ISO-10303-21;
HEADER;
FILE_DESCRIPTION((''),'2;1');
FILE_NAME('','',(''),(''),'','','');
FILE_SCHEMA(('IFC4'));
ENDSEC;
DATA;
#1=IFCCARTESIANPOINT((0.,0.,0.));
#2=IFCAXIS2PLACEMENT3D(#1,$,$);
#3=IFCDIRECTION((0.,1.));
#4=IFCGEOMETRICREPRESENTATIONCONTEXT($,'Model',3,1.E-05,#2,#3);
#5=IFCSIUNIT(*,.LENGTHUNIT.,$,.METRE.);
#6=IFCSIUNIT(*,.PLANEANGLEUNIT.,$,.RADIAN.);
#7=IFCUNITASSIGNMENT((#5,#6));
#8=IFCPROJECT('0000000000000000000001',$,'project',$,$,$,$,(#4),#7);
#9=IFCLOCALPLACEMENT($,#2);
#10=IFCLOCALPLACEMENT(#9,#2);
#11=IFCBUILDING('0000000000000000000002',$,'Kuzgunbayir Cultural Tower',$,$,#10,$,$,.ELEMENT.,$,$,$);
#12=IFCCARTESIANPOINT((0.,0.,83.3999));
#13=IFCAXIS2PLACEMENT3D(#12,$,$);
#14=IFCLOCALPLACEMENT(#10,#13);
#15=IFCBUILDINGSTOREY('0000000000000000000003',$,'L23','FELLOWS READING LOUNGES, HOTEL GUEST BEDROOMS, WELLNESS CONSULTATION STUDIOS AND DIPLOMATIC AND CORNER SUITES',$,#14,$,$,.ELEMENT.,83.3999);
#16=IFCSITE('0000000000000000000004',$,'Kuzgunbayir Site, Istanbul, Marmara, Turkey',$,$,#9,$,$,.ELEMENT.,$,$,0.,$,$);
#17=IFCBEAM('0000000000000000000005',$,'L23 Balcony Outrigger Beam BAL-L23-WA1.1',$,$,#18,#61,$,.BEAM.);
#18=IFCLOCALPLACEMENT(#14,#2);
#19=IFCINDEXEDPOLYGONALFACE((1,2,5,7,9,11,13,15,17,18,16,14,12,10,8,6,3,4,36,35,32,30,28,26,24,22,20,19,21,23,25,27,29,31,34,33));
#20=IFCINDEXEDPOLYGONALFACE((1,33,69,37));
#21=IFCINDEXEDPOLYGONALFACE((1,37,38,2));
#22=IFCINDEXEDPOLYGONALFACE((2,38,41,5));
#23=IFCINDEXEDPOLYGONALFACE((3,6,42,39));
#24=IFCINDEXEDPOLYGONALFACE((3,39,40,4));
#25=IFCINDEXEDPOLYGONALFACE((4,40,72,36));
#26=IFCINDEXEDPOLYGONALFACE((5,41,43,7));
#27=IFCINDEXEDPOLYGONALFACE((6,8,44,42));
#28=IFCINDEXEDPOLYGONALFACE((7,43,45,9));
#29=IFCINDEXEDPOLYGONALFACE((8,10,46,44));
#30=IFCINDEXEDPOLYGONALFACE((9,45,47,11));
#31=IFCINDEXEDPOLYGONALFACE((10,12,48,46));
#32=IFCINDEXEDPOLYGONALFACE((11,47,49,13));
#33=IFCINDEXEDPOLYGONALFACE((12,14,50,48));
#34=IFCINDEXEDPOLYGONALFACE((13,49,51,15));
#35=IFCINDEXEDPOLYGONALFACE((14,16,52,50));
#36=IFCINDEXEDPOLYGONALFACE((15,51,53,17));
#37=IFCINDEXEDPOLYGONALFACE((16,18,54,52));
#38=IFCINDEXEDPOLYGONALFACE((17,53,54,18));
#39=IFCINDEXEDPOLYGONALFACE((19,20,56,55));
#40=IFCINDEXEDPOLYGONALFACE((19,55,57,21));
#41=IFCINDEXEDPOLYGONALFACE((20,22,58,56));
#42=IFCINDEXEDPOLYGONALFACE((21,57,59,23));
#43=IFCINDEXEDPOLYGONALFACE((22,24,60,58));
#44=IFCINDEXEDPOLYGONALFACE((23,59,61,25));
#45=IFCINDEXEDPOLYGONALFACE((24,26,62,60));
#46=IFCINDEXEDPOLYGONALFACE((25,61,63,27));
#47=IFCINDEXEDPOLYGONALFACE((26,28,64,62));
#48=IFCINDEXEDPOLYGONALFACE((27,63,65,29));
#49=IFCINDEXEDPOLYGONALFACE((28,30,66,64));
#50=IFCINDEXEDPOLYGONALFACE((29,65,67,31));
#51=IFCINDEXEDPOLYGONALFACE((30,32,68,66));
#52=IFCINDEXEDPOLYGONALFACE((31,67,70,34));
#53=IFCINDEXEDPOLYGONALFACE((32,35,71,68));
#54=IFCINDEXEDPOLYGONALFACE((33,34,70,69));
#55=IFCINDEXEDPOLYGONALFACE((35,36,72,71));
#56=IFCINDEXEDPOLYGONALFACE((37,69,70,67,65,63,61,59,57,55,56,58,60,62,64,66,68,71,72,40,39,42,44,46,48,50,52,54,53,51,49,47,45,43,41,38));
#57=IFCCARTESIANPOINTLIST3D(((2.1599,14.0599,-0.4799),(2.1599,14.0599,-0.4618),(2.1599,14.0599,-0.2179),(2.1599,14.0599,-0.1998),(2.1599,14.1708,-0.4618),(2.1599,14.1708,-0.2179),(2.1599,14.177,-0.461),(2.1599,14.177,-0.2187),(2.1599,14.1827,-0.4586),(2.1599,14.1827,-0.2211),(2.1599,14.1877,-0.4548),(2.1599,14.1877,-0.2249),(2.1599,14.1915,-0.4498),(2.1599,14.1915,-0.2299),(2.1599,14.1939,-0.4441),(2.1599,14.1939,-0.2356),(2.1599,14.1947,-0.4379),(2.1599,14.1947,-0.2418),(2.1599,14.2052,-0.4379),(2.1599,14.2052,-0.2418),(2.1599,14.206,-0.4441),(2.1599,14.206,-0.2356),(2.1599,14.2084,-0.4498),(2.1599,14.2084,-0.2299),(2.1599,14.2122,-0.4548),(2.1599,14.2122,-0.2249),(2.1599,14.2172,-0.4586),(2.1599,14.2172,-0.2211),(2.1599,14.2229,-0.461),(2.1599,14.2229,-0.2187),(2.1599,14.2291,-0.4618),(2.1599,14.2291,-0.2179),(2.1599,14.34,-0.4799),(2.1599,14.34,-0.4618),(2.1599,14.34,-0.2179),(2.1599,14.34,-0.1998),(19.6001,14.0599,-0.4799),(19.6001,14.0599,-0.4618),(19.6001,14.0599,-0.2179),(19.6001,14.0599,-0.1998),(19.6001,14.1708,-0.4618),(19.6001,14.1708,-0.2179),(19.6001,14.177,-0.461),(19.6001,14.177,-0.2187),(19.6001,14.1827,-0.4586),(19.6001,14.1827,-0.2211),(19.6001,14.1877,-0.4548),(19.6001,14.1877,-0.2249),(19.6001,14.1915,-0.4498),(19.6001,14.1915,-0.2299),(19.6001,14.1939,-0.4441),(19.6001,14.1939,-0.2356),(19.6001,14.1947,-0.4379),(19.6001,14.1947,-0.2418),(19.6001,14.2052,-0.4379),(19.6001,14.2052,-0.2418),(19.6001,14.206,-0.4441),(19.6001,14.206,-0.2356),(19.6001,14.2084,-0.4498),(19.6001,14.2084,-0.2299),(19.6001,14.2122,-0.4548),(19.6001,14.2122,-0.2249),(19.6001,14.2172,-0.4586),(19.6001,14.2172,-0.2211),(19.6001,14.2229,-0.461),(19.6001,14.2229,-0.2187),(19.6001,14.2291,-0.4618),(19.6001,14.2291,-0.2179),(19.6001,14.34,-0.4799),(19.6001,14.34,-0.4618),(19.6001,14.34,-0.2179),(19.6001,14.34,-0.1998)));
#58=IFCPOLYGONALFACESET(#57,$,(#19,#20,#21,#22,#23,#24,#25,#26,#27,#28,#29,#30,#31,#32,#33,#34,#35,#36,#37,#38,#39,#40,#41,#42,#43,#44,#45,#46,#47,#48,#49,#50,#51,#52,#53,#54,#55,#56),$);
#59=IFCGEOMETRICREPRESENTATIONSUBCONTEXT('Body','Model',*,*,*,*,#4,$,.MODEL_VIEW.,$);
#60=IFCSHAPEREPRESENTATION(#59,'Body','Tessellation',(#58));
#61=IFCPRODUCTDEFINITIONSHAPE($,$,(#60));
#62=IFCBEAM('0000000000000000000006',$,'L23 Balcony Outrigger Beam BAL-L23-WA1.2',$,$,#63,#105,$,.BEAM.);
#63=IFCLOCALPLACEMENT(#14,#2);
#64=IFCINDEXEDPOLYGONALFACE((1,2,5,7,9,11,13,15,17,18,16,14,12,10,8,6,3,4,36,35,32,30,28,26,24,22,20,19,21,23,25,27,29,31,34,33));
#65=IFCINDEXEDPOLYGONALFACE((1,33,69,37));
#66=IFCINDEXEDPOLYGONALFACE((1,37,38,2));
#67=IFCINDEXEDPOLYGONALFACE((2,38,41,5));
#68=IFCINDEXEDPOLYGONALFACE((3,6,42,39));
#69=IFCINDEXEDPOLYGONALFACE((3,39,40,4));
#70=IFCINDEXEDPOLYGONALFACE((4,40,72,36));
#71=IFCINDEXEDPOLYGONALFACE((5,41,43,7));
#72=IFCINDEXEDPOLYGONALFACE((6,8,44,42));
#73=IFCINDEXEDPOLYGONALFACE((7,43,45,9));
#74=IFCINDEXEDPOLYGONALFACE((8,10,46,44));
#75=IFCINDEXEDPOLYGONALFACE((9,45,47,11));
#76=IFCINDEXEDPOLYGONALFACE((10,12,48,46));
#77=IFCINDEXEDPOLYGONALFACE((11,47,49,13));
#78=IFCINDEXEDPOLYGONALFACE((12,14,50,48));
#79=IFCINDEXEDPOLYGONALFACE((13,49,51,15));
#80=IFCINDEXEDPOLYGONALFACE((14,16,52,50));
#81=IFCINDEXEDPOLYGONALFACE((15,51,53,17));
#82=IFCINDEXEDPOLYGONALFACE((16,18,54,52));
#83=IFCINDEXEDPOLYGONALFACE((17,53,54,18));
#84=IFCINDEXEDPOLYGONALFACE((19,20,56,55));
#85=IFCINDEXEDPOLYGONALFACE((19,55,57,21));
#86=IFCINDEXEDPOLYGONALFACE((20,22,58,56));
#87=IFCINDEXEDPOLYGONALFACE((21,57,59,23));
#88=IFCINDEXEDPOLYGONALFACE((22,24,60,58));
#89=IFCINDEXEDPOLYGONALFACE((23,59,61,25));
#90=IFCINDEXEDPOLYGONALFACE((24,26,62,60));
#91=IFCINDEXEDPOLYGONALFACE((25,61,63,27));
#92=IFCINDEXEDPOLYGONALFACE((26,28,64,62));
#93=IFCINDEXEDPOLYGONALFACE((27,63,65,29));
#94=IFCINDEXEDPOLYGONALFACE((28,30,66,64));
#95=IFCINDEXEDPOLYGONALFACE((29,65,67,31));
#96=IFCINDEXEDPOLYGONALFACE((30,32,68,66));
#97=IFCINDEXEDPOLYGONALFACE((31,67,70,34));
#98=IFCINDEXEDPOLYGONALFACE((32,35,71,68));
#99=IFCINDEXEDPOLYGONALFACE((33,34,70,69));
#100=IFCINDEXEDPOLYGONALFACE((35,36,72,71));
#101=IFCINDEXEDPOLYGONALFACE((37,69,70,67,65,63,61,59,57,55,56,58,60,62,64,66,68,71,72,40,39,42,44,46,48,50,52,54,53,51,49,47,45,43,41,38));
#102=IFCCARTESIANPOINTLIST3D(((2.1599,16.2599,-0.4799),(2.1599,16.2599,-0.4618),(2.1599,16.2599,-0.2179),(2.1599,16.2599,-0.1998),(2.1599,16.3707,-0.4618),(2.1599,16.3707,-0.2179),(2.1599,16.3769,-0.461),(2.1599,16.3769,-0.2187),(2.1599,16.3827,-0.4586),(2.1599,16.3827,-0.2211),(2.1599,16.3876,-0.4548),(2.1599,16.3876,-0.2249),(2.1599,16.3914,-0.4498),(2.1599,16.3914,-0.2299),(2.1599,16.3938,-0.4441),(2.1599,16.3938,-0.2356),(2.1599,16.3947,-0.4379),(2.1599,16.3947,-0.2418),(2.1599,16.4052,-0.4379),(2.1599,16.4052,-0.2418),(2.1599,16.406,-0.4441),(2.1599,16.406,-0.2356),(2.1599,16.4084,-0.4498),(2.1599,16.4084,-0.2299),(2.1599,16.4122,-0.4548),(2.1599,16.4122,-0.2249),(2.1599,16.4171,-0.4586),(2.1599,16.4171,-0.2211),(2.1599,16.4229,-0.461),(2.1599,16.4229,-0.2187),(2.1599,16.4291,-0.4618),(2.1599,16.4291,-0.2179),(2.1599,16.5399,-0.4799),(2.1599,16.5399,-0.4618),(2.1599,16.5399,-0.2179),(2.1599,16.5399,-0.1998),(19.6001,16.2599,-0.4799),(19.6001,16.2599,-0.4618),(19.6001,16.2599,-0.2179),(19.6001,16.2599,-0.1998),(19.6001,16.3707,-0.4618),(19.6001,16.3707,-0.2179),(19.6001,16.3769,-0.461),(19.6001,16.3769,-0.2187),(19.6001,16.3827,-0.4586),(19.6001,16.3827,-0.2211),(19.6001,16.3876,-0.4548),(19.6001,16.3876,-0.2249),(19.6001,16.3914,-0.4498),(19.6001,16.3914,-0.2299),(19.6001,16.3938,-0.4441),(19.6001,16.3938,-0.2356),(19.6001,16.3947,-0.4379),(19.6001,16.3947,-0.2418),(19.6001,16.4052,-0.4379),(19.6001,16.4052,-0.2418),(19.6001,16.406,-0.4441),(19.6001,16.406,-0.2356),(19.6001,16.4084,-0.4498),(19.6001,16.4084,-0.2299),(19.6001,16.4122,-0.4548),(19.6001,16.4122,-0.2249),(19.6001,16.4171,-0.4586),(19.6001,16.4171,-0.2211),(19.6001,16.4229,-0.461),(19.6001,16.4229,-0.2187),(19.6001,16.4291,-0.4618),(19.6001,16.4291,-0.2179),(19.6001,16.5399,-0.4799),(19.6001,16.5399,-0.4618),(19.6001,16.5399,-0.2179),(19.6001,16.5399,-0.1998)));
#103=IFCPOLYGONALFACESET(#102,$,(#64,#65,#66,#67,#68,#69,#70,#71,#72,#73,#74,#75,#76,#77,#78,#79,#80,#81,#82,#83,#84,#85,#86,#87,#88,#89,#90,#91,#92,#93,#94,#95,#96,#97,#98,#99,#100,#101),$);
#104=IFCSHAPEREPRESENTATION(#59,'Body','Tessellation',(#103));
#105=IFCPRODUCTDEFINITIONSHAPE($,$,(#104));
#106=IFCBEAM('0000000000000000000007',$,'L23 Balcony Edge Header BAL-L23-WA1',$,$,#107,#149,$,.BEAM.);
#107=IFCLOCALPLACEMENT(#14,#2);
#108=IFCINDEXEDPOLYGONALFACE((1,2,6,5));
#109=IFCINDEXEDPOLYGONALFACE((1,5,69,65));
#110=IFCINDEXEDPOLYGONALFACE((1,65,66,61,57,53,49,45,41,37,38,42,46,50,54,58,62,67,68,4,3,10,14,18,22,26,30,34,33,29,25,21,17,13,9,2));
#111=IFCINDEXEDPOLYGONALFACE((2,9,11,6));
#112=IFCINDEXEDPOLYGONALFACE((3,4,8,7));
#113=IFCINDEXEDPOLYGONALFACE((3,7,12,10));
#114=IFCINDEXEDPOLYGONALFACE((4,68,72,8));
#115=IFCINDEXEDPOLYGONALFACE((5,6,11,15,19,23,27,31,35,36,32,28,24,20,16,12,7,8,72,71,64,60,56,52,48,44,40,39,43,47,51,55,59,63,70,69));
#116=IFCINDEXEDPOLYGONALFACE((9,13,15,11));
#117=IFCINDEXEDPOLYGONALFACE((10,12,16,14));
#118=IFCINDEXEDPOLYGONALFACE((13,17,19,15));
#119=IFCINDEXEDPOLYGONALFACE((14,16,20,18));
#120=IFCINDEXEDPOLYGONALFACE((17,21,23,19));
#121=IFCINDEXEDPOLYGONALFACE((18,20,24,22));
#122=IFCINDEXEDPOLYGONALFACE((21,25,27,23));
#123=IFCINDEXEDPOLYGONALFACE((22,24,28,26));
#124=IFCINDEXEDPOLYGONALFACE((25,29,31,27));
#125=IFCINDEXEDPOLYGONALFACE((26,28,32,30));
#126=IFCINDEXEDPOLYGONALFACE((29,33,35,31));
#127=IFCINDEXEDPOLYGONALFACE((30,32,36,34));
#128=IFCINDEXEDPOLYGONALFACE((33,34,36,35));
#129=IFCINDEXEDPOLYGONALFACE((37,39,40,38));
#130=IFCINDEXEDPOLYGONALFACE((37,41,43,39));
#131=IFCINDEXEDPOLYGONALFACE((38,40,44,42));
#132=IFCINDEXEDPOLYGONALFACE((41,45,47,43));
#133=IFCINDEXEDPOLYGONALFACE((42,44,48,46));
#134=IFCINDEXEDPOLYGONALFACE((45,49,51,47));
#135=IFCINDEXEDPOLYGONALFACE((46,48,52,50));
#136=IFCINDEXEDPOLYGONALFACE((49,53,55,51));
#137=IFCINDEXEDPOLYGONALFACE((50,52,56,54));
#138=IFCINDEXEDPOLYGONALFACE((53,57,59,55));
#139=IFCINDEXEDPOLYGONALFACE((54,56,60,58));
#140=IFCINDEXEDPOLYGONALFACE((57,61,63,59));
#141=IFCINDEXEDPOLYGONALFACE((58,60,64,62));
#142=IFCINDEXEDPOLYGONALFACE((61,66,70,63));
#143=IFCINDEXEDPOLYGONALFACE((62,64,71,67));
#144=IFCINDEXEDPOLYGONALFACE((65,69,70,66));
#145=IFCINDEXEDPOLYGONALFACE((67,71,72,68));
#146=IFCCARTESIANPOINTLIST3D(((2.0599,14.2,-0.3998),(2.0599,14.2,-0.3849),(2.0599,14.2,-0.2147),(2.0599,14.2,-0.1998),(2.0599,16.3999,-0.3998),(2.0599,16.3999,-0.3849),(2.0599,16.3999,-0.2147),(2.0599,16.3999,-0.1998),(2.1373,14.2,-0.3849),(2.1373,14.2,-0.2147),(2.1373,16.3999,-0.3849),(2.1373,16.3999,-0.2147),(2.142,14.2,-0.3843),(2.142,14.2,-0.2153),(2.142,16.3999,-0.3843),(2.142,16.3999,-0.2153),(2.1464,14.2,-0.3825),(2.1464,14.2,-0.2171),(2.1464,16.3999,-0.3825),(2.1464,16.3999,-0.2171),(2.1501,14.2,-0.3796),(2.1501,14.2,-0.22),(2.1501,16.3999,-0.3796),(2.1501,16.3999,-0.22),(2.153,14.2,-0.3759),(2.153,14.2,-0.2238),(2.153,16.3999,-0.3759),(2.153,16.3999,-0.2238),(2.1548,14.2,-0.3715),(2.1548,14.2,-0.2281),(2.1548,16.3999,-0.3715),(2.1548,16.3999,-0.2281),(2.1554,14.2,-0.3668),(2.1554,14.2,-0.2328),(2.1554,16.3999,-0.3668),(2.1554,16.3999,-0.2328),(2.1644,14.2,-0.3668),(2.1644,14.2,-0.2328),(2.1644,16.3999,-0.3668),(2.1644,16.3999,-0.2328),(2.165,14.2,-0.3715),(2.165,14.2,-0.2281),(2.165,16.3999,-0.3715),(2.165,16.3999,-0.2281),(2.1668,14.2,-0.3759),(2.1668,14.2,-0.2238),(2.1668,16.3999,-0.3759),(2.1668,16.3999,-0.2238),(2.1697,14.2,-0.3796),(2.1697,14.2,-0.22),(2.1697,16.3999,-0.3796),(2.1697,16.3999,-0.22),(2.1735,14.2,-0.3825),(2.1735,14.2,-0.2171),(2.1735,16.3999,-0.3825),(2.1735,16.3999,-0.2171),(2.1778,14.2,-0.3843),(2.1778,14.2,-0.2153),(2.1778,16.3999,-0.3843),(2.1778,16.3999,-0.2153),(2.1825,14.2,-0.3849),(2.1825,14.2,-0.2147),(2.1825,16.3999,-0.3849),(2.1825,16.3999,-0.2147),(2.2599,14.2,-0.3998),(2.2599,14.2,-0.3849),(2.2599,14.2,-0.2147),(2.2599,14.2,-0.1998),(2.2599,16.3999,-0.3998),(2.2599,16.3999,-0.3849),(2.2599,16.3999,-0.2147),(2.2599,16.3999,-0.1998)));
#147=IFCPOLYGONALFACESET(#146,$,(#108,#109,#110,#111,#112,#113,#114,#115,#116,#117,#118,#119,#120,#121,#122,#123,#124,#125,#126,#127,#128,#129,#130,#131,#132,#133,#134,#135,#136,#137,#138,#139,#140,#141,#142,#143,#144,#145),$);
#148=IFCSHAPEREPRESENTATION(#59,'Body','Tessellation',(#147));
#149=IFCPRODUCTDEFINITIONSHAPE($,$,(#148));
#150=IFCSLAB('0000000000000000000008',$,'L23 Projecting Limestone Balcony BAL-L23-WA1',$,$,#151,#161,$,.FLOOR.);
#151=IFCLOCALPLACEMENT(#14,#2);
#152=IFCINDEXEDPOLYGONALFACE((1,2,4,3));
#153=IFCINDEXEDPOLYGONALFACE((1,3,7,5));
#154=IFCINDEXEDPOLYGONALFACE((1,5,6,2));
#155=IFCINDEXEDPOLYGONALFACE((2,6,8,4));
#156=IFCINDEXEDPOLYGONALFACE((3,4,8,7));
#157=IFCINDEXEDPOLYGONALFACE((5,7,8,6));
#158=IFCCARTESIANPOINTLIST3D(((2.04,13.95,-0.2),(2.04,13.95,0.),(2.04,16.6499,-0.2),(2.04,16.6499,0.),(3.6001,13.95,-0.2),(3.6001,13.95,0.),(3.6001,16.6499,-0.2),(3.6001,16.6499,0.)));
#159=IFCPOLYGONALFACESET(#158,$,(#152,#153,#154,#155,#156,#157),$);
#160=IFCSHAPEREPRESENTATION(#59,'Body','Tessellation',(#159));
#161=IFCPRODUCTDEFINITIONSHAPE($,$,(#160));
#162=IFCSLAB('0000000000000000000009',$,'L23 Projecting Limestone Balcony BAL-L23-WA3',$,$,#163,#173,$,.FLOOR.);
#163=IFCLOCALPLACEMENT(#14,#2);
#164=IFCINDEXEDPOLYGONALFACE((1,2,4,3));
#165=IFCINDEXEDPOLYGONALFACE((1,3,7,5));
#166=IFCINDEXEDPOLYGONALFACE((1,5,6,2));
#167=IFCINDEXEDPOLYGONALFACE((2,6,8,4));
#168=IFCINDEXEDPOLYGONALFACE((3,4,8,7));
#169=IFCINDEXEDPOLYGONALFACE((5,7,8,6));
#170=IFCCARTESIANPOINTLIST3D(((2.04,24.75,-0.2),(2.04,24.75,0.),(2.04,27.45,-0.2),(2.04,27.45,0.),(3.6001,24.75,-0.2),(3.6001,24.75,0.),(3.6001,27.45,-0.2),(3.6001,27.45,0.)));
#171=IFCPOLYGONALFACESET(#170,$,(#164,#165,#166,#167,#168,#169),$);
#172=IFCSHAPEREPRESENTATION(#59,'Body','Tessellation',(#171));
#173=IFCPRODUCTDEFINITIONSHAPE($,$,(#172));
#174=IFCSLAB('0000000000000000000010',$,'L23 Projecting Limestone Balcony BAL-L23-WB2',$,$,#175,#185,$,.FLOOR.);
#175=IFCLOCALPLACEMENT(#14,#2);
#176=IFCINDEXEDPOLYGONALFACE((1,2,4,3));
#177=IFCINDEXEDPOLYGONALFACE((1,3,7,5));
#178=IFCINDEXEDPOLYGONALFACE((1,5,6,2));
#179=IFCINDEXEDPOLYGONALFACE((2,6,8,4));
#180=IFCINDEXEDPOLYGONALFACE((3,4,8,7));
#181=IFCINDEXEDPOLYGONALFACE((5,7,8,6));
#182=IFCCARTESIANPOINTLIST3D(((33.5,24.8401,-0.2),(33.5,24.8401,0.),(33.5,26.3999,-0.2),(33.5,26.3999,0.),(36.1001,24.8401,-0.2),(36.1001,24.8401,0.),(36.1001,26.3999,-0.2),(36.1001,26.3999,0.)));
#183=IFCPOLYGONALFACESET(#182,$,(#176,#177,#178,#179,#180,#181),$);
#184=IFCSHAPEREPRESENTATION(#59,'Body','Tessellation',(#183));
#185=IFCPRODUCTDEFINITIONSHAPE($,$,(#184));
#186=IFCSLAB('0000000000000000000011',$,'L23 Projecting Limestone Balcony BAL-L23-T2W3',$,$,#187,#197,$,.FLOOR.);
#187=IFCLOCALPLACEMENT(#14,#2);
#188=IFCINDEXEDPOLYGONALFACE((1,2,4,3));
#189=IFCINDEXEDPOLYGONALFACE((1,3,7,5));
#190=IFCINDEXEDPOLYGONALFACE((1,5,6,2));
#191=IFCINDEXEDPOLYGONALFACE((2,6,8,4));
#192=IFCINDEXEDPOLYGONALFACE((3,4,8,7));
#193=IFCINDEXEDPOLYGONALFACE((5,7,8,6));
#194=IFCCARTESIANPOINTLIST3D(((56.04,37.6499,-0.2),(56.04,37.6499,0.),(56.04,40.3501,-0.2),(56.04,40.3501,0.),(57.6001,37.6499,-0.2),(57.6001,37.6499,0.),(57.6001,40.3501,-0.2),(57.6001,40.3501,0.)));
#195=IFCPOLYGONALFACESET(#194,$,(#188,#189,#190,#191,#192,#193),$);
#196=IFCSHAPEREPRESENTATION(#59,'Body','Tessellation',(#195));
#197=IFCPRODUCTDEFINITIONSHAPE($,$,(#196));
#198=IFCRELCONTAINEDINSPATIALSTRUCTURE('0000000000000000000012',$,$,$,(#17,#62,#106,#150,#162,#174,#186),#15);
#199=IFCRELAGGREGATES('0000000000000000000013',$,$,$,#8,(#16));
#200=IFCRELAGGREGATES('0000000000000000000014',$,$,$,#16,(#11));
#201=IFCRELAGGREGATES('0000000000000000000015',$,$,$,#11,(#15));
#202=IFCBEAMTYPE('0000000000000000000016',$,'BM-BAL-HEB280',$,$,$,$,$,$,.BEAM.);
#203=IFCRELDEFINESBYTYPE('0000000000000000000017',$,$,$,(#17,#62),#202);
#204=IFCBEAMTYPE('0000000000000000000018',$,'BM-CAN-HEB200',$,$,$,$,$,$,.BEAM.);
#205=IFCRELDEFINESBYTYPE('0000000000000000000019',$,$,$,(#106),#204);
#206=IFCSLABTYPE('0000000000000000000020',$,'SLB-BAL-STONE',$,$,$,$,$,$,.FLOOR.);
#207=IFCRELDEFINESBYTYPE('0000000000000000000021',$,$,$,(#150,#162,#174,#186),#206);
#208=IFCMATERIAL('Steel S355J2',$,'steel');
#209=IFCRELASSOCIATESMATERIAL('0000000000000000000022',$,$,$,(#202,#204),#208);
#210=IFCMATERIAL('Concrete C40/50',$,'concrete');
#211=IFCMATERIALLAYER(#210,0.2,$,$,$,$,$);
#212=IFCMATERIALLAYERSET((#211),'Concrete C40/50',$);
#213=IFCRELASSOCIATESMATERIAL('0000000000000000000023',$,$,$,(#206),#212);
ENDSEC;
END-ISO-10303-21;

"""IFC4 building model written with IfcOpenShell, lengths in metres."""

from ifc_helpers import new_model, si_unit, direction, frame, origin, origin_2d, place, context, subcontext, project, spatial, polyline, i_section, outline, extrude, material, layer, layer_set, material_profile, profile_set, type_object, element, save


model = new_model("IFC4")

# Units and contexts
model_context = context("Model", 3, precision=1e-05, world=origin(), true_north=direction((0.0, 1.0)))
body_context = subcontext(model_context, "Body", "Model", "MODEL_VIEW")
ifc_project = project(units=[si_unit("LENGTHUNIT", "METRE"), si_unit("PLANEANGLEUNIT", "RADIAN")], contexts=[model_context])

# Site, building, storey
site_placement = place(None, origin())
site = spatial("IfcSite", under=ifc_project, at=site_placement, Name="Kuzgunbayir Site, Istanbul, Marmara, Turkey", CompositionType="ELEMENT", RefElevation=0.0)
building_placement = place(site_placement, origin())
building = spatial("IfcBuilding", under=site, at=building_placement, Name="Kuzgunbayir Cultural Tower", CompositionType="ELEMENT")
storey_placement = place(building_placement, frame((0.0, 0.0, 83.3999)))
storey = spatial("IfcBuildingStorey", under=building, at=storey_placement, Name="L23", Description="FELLOWS READING LOUNGES, HOTEL GUEST BEDROOMS, WELLNESS CONSULTATION STUDIOS AND DIPLOMATIC AND CORNER SUITES", CompositionType="ELEMENT", Elevation=83.3999)

# Beams
ifc_material_1 = material(Name="Steel S355J2", Category="steel")
ifc_material_profile_1 = material_profile(ifc_material_1, i_section(OverallWidth=0.28, OverallDepth=0.28, WebThickness=0.0105, FlangeThickness=0.0181, FilletRadius=0.0239, at=origin_2d()), Name="HEB 280")
ifc_profile_set_1 = profile_set([ifc_material_profile_1], Name="Steel S355J2")
beam_type_1 = type_object("IfcBeamType", Name="BM-BAL-HEB280", PredefinedType="BEAM", material=ifc_profile_set_1)
for number, where, z_axis, x_axis, name in (
    (1, (2.1599, 14.2, -0.3398), (1.0, 0.0, 0.0), (0.0, 1.0, 0.0), "L23 Balcony Outrigger Beam BAL-L23-WA1.1"),
    (2, (2.1599, 16.3999, -0.3398), (1.0, 0.0, 0.0), (0.0, 1.0, 0.0), "L23 Balcony Outrigger Beam BAL-L23-WA1.2"),
):
    element("IfcBeam", number, at=place(storey_placement, frame(where, z_axis=z_axis, x_axis=x_axis)), inside=storey, type_object=beam_type_1, Name=name, PredefinedType="BEAM", context=body_context, shape_type="SweptSolid", body=[
        extrude(i_section(OverallWidth=0.28, OverallDepth=0.28, WebThickness=0.0105, FlangeThickness=0.0181, FilletRadius=0.0239, at=origin_2d()), origin(), (0.0, 0.0, 1.0), 17.4402),
    ])
ifc_material_profile_2 = material_profile(ifc_material_1, i_section(OverallWidth=0.2, OverallDepth=0.2, WebThickness=0.009, FlangeThickness=0.0149, FilletRadius=0.0181, at=origin_2d()), Name="HEB 200")
ifc_profile_set_2 = profile_set([ifc_material_profile_2], Name="Steel S355J2")
beam_type_2 = type_object("IfcBeamType", Name="BM-CAN-HEB200", PredefinedType="BEAM", material=ifc_profile_set_2)
beam_placement = place(storey_placement, frame((2.1599, 14.2, -0.2998), z_axis=(0.0, 1.0, 0.0), x_axis=(-1.0, 0.0, 0.0)))
element("IfcBeam", 3, at=beam_placement, inside=storey, type_object=beam_type_2, Name="L23 Balcony Edge Header BAL-L23-WA1", PredefinedType="BEAM", context=body_context, shape_type="SweptSolid", body=[
    extrude(i_section(OverallWidth=0.2, OverallDepth=0.2, WebThickness=0.009, FlangeThickness=0.0149, FilletRadius=0.0181, at=origin_2d()), origin(), (0.0, 0.0, 1.0), 2.2),
])

# Slabs
ifc_material_2 = material(Name="Concrete C40/50", Category="concrete")
ifc_layer_1 = layer(ifc_material_2, 0.2)
ifc_layer_set_1 = layer_set([ifc_layer_1], Name="Concrete C40/50")
slab_type_1 = type_object("IfcSlabType", Name="SLB-BAL-STONE", PredefinedType="FLOOR", material=ifc_layer_set_1)
slab_1_placement = place(storey_placement, frame((0.0, 0.0, -0.2)))
element("IfcSlab", 4, at=slab_1_placement, inside=storey, type_object=slab_type_1, Name="L23 Projecting Limestone Balcony BAL-L23-WA1", PredefinedType="FLOOR", context=body_context, shape_type="SweptSolid", body=[
    extrude(outline(polyline([(2.04, 13.95), (3.6001, 13.95), (3.6001, 16.6499), (2.04, 16.6499), (2.04, 13.95)])), origin(), (0.0, 0.0, 1.0), 0.2),
])
slab_2_placement = place(storey_placement, frame((0.0, 0.0, -0.2)))
element("IfcSlab", 5, at=slab_2_placement, inside=storey, type_object=slab_type_1, Name="L23 Projecting Limestone Balcony BAL-L23-WA3", PredefinedType="FLOOR", context=body_context, shape_type="SweptSolid", body=[
    extrude(outline(polyline([(2.04, 24.75), (3.6001, 24.75), (3.6001, 27.45), (2.04, 27.45), (2.04, 24.75)])), origin(), (0.0, 0.0, 1.0), 0.2),
])
slab_3_placement = place(storey_placement, frame((0.0, 0.0, -0.2)))
element("IfcSlab", 6, at=slab_3_placement, inside=storey, type_object=slab_type_1, Name="L23 Projecting Limestone Balcony BAL-L23-WB2", PredefinedType="FLOOR", context=body_context, shape_type="SweptSolid", body=[
    extrude(outline(polyline([(33.5, 24.8401), (36.1001, 24.8401), (36.1001, 26.3999), (33.5, 26.3999), (33.5, 24.8401)])), origin(), (0.0, 0.0, 1.0), 0.2),
])
slab_4_placement = place(storey_placement, frame((0.0, 0.0, -0.2)))
element("IfcSlab", 7, at=slab_4_placement, inside=storey, type_object=slab_type_1, Name="L23 Projecting Limestone Balcony BAL-L23-T2W3", PredefinedType="FLOOR", context=body_context, shape_type="SweptSolid", body=[
    extrude(outline(polyline([(56.04, 37.6499), (57.6001, 37.6499), (57.6001, 40.3501), (56.04, 40.3501), (56.04, 37.6499)])), origin(), (0.0, 0.0, 1.0), 0.2),
])

save(model, "model.ifc")
